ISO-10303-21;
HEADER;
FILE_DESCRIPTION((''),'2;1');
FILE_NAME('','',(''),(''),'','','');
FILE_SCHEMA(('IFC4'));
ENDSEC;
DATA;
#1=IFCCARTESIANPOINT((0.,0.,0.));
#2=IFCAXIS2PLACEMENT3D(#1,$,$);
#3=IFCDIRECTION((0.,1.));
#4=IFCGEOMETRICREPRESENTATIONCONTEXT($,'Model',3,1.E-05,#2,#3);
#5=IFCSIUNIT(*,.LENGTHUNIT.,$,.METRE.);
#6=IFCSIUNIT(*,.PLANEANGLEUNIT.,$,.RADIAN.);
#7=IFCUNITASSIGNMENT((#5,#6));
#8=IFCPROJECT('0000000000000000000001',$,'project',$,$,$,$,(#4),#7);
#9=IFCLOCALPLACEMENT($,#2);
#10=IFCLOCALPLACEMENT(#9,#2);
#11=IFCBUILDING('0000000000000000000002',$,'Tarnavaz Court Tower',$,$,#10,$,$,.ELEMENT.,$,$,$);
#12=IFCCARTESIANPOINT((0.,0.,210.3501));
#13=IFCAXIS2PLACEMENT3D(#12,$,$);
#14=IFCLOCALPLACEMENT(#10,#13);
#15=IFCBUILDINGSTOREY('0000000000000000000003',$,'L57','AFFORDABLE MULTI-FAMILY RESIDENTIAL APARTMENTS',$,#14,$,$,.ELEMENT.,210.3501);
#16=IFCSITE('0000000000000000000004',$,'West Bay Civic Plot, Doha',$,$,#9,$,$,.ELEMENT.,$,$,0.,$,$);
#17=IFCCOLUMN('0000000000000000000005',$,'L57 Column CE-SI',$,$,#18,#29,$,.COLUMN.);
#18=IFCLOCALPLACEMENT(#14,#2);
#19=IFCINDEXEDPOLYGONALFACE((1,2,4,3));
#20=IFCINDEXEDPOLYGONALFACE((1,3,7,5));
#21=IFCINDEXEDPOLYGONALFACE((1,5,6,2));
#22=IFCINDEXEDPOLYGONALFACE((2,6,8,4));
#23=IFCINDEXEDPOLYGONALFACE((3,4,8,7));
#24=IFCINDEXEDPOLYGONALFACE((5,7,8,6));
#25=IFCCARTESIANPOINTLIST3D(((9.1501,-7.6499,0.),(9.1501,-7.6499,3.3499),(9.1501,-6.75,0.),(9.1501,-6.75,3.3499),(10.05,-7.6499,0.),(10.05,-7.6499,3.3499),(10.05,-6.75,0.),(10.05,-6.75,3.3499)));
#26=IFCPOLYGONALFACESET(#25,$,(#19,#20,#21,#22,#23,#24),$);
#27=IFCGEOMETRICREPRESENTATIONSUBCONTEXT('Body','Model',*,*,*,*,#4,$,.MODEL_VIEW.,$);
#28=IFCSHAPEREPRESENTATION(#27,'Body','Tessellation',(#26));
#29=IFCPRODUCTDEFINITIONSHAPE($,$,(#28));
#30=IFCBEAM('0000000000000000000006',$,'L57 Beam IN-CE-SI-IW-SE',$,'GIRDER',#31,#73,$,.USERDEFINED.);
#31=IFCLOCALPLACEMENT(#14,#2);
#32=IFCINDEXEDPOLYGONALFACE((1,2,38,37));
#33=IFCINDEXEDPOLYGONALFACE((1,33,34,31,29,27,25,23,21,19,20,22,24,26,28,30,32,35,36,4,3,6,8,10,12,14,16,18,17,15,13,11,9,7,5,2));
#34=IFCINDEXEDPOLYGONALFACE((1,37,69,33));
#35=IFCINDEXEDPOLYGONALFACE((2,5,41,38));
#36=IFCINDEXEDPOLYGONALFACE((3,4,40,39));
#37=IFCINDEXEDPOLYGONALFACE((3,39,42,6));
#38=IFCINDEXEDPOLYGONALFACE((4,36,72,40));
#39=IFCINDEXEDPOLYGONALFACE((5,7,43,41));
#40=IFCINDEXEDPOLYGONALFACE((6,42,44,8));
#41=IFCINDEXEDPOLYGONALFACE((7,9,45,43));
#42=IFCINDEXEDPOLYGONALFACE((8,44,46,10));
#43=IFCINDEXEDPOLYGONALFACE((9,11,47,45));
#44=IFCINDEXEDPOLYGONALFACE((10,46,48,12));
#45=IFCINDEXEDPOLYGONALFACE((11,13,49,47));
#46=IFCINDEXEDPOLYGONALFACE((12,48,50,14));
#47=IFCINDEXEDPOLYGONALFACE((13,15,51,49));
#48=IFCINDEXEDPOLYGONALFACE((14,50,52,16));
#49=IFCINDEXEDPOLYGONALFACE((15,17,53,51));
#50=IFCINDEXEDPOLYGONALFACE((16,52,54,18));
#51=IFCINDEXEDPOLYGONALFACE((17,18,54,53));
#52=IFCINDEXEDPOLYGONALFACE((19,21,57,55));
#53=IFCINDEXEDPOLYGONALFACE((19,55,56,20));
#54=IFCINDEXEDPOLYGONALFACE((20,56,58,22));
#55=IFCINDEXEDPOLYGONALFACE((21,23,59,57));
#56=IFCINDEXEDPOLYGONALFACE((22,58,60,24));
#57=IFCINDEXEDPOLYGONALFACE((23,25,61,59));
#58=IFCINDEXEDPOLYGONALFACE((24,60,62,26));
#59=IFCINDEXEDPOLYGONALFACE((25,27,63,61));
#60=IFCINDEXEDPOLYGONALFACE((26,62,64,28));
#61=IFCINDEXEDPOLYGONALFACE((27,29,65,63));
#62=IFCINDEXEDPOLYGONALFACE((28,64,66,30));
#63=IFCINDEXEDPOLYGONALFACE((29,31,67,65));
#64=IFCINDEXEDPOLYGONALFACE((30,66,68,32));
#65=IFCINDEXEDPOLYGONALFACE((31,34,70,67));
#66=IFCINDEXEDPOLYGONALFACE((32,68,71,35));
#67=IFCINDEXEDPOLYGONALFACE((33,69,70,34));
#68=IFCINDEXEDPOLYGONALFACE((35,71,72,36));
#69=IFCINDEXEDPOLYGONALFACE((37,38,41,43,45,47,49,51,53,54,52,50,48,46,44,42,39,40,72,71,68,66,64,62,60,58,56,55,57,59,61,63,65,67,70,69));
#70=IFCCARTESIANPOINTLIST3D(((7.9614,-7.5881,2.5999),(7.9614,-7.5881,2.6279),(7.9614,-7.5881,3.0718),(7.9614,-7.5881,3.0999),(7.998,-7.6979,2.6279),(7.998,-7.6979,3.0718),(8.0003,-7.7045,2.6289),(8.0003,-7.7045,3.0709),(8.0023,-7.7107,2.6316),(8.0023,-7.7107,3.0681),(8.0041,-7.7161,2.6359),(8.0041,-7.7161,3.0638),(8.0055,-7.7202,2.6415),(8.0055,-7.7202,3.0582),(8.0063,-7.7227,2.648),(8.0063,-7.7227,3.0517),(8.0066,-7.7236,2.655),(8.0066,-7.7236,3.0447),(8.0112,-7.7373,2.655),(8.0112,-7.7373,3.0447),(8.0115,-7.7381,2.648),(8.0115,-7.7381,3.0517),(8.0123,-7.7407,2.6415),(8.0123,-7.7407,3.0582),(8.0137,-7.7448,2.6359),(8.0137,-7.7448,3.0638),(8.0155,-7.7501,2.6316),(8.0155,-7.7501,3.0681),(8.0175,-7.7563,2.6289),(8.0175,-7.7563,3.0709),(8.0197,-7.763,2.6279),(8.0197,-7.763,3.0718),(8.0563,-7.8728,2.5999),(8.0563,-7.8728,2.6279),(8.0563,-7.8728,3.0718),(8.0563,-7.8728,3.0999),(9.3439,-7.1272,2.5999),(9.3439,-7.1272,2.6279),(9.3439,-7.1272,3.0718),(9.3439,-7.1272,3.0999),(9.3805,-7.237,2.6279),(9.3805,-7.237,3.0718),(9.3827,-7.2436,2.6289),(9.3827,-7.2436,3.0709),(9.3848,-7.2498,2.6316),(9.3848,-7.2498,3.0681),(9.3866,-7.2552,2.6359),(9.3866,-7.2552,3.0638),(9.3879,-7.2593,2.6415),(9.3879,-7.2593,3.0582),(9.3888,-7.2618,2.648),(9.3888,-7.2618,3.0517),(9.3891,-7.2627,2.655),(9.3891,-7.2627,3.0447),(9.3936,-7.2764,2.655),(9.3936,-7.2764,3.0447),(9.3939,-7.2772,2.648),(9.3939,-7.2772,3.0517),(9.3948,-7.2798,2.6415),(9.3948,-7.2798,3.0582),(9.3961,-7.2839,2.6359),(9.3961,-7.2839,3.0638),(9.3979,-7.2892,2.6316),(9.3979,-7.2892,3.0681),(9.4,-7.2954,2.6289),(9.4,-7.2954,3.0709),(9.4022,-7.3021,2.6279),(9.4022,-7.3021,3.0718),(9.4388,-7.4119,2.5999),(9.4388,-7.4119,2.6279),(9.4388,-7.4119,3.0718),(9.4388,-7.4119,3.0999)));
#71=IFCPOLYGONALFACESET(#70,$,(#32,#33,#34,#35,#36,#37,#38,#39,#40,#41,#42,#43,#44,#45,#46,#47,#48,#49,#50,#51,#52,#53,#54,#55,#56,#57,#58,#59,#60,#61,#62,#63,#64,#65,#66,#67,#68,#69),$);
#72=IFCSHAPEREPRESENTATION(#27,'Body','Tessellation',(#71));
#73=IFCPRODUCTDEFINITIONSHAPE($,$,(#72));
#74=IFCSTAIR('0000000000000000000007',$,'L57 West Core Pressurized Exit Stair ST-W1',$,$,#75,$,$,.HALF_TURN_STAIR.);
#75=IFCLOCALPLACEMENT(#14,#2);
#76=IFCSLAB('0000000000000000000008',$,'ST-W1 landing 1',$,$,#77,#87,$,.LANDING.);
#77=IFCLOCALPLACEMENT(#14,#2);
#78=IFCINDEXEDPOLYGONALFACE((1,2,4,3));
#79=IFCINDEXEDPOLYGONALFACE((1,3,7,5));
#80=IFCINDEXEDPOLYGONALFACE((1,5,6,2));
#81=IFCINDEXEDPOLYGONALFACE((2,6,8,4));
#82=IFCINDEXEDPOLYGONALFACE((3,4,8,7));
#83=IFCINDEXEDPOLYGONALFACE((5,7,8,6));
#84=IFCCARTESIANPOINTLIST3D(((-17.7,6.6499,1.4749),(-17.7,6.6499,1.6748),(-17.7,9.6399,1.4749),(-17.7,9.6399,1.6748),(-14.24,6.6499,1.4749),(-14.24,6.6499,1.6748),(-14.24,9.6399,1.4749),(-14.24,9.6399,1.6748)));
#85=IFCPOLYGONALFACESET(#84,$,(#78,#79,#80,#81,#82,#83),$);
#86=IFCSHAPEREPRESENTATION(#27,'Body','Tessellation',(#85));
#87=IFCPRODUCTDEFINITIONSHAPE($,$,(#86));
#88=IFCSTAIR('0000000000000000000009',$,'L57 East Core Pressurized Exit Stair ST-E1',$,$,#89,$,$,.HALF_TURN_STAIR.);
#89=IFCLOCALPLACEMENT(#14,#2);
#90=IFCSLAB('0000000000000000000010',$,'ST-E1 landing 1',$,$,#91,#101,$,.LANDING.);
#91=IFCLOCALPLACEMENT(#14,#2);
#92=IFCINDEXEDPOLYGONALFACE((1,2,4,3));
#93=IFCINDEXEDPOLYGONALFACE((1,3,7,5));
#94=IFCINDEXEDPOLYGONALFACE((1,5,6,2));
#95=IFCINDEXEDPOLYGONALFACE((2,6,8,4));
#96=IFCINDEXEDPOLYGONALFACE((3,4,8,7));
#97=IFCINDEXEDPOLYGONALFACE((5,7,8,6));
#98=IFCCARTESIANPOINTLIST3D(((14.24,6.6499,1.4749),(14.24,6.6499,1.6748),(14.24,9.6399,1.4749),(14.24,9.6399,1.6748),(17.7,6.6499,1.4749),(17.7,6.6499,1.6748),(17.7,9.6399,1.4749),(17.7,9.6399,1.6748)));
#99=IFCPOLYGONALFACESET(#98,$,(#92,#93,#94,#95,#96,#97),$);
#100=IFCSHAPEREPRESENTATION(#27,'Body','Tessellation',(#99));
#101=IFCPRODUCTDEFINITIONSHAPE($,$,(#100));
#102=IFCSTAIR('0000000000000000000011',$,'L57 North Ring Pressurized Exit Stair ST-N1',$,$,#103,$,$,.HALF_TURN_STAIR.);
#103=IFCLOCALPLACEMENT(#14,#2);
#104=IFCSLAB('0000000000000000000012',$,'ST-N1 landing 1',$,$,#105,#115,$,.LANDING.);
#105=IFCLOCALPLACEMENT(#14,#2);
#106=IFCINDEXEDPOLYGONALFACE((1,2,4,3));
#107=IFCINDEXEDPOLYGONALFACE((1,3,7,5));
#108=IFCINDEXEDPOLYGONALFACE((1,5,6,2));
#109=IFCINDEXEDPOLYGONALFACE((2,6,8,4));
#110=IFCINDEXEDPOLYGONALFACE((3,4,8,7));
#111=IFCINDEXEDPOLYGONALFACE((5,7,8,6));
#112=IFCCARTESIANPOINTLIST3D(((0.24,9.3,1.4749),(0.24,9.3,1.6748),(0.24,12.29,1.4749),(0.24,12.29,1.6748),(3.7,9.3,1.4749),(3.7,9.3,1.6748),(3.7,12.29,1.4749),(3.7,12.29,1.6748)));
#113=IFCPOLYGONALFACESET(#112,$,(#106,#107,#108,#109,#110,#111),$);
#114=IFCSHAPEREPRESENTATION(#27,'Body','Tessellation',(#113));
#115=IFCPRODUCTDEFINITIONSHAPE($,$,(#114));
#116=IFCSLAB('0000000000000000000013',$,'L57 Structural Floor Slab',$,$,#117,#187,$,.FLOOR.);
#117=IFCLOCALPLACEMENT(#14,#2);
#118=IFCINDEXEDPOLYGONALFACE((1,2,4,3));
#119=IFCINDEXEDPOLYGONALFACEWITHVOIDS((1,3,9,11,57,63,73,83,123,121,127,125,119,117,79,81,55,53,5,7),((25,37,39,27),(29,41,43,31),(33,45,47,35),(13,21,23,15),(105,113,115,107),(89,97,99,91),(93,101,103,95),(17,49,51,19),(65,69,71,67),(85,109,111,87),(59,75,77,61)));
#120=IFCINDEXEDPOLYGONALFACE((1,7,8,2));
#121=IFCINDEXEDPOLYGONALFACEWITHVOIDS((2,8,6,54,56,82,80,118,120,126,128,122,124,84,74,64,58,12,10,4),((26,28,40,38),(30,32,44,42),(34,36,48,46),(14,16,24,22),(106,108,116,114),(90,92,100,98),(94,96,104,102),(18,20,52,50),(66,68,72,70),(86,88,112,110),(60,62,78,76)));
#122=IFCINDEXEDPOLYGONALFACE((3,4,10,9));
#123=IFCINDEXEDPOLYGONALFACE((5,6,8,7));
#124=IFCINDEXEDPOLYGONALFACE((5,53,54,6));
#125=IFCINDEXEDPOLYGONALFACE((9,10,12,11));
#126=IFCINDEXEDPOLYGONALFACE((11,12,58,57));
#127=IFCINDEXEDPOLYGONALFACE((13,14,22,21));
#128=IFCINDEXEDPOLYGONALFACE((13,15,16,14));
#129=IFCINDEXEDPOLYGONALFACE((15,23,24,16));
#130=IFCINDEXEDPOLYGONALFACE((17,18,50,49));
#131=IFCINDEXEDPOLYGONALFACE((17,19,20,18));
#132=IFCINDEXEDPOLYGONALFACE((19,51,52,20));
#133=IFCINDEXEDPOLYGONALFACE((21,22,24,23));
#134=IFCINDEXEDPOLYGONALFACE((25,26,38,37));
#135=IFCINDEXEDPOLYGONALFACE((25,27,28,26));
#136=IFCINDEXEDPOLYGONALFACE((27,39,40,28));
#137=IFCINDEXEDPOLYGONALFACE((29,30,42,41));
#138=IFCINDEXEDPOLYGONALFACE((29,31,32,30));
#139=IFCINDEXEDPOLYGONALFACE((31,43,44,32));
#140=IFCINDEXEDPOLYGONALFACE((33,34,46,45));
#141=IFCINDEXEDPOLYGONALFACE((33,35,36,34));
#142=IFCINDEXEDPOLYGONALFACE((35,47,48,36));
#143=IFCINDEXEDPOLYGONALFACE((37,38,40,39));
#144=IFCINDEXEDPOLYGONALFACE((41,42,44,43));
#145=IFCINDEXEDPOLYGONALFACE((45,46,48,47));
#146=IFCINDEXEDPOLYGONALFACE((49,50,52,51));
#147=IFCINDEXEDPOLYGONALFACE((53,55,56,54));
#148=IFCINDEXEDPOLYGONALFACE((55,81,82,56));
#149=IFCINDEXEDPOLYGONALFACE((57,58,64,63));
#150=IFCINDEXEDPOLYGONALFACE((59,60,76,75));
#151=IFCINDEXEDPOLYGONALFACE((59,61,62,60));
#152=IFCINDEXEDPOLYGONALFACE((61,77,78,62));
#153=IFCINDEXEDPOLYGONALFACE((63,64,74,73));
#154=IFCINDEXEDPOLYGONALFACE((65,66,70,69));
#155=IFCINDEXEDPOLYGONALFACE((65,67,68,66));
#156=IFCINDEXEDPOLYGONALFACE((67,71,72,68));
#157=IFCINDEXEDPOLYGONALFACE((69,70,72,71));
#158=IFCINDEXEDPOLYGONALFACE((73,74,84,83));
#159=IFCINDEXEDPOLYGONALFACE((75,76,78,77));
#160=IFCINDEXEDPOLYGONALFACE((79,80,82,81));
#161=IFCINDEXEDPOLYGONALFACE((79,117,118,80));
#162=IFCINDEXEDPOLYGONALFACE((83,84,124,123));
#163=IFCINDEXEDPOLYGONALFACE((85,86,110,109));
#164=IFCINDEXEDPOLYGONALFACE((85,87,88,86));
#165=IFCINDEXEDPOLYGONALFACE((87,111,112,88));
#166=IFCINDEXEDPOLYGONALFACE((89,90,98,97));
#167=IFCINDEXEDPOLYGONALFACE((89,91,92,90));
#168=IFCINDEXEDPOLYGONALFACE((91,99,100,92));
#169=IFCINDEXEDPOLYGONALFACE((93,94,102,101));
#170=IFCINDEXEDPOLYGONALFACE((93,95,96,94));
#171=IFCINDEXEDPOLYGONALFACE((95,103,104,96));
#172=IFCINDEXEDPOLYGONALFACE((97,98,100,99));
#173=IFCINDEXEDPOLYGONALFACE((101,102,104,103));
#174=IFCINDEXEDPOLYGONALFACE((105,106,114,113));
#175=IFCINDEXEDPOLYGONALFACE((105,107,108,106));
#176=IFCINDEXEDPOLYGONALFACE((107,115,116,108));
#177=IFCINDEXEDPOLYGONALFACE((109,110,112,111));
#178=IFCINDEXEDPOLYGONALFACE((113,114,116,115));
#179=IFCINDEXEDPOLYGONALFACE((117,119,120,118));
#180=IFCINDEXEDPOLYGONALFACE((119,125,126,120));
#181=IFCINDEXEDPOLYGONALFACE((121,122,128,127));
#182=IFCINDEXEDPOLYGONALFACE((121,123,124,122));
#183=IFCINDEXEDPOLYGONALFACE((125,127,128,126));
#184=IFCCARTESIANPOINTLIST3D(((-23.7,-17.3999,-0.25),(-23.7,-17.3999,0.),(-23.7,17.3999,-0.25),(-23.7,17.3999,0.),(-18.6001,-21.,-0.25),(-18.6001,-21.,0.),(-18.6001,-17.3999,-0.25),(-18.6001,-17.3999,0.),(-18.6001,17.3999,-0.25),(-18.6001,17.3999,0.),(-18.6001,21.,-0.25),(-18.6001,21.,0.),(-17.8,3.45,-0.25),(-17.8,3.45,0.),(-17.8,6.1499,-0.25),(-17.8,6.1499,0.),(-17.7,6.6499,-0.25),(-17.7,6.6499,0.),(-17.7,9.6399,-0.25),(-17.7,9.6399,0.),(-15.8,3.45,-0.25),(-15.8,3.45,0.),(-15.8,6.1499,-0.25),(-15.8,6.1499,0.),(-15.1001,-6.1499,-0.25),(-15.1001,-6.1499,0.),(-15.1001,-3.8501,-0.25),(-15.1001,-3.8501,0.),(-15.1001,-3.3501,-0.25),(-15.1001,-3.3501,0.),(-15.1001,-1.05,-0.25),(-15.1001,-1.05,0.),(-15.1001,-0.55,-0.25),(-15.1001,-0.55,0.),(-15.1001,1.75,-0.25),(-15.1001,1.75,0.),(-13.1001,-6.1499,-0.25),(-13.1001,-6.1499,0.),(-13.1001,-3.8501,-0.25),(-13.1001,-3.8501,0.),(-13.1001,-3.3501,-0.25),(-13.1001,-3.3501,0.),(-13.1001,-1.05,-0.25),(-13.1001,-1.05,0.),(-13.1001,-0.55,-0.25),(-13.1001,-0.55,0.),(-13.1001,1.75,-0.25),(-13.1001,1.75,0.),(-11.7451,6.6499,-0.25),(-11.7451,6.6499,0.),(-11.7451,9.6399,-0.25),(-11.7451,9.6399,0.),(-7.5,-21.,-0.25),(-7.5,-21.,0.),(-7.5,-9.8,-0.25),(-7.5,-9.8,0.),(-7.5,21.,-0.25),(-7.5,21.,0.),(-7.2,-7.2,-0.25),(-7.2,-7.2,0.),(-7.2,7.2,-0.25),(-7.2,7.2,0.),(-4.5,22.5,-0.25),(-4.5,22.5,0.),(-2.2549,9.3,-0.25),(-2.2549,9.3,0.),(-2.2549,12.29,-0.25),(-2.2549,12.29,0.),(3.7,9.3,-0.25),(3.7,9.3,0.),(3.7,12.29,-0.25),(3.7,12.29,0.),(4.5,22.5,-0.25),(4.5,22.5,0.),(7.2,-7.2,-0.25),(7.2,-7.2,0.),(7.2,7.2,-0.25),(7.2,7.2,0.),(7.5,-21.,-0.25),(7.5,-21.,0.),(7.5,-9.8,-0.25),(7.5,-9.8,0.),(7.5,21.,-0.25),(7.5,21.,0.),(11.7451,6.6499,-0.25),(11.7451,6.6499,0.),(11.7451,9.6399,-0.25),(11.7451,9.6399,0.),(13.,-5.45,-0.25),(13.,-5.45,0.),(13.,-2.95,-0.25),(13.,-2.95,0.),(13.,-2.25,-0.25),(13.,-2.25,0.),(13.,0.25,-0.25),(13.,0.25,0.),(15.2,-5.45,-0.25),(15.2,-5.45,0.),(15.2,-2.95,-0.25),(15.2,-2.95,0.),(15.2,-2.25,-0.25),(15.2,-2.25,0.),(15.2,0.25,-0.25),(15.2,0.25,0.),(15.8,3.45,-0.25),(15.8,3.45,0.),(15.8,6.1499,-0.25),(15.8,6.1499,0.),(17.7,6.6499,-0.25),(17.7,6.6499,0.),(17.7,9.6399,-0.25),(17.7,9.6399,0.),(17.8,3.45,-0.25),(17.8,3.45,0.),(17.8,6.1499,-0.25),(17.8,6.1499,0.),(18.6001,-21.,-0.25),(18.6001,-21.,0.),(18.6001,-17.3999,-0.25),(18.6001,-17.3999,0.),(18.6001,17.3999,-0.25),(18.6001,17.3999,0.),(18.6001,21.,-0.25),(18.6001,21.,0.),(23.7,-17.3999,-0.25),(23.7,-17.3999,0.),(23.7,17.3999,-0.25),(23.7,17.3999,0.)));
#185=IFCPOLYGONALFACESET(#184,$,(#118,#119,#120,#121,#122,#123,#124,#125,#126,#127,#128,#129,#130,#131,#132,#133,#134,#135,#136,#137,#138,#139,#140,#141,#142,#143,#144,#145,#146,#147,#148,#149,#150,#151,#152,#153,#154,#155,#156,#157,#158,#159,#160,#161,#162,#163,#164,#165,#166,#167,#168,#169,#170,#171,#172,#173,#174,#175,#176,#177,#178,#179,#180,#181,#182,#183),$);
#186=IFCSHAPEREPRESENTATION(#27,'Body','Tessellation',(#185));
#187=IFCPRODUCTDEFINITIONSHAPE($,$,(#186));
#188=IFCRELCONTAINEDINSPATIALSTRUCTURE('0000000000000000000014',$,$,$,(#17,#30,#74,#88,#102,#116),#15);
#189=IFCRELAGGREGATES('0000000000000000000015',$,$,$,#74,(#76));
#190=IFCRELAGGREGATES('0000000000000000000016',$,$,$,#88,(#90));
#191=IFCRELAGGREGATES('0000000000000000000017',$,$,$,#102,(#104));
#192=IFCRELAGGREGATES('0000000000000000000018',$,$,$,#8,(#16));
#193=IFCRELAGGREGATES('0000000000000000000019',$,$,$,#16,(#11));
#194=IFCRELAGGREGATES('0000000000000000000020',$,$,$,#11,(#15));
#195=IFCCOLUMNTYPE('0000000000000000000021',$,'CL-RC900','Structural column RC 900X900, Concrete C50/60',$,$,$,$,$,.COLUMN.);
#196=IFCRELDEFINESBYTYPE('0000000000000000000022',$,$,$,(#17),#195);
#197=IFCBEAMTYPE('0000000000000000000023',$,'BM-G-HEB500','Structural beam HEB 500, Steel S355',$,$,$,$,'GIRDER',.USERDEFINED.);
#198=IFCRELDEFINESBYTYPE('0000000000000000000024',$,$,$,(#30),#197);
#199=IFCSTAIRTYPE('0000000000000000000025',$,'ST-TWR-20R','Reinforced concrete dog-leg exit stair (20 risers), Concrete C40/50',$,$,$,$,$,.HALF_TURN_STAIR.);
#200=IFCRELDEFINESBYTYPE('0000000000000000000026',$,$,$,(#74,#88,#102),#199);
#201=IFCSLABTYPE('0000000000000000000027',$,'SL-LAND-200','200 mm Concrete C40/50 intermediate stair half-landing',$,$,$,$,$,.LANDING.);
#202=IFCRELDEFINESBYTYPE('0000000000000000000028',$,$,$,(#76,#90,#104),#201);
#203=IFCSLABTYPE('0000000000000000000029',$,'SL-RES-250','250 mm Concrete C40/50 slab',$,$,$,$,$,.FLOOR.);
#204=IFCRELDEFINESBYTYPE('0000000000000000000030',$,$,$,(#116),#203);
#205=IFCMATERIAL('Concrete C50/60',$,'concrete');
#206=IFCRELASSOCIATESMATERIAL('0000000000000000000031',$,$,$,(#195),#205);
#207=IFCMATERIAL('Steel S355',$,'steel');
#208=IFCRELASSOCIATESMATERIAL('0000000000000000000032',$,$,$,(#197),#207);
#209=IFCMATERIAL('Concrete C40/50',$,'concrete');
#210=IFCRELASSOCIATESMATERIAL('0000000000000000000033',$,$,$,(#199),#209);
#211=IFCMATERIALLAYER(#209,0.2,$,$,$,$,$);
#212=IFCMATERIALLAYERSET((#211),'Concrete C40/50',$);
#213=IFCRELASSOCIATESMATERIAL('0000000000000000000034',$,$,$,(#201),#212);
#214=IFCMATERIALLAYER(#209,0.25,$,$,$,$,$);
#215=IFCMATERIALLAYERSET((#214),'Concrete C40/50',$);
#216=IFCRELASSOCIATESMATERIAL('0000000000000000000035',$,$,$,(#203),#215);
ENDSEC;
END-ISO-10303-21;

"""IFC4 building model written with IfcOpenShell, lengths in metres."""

from ifc_helpers import new_model, si_unit, direction, frame, origin, origin_2d, place, context, subcontext, project, spatial, polyline, rectangle, i_section, outline, extrude, material, layer, layer_set, material_profile, profile_set, type_object, element, aggregate, save


model = new_model("IFC4")

# Units and contexts
model_context = context("Model", 3, precision=1e-05, world=origin(), true_north=direction((0.0, 1.0)))
body_context = subcontext(model_context, "Body", "Model", "MODEL_VIEW")
ifc_project = project(units=[si_unit("LENGTHUNIT", "METRE"), si_unit("PLANEANGLEUNIT", "RADIAN")], contexts=[model_context])

# Site, building, storey
site_placement = place(None, origin())
site = spatial("IfcSite", under=ifc_project, at=site_placement, Name="West Bay Civic Plot, Doha", CompositionType="ELEMENT", RefElevation=0.0)
building_placement = place(site_placement, origin())
building = spatial("IfcBuilding", under=site, at=building_placement, Name="Tarnavaz Court Tower", CompositionType="ELEMENT")
storey_placement = place(building_placement, frame((0.0, 0.0, 210.3501)))
storey = spatial("IfcBuildingStorey", under=building, at=storey_placement, Name="L57", Description="AFFORDABLE MULTI-FAMILY RESIDENTIAL APARTMENTS", CompositionType="ELEMENT", Elevation=210.3501)

# Column
ifc_material_1 = material(Name="Concrete C50/60", Category="concrete")
ifc_material_profile_1 = material_profile(ifc_material_1, rectangle(XDim=0.8999, YDim=0.8999, at=origin_2d()), Name="RC 900X900")
ifc_profile_set_1 = profile_set([ifc_material_profile_1], Name="Concrete C50/60")
column_type = type_object("IfcColumnType", Name="CL-RC900", Description="Structural column RC 900X900, Concrete C50/60", PredefinedType="COLUMN", material=ifc_profile_set_1)
column_placement = place(storey_placement, frame((9.6001, -7.2, 0.0), z_axis=(0.0, 0.0, 1.0), x_axis=(1.0, 0.0, 0.0)))
element("IfcColumn", 1, at=column_placement, inside=storey, type_object=column_type, Name="L57 Column CE-SI", PredefinedType="COLUMN", context=body_context, shape_type="SweptSolid", body=[
    extrude(rectangle(XDim=0.8999, YDim=0.8999, at=origin_2d()), origin(), (0.0, 0.0, 1.0), 3.3499),
])

# Beam
ifc_material_2 = material(Name="Steel S355", Category="steel")
ifc_material_profile_2 = material_profile(ifc_material_2, i_section(OverallWidth=0.3, OverallDepth=0.5, WebThickness=0.0144, FlangeThickness=0.0281, FilletRadius=0.0271, at=origin_2d()), Name="HEB 500")
ifc_profile_set_2 = profile_set([ifc_material_profile_2], Name="Steel S355")
beam_type = type_object("IfcBeamType", Name="BM-G-HEB500", Description="Structural beam HEB 500, Steel S355", ElementType="GIRDER", PredefinedType="USERDEFINED", material=ifc_profile_set_2)
beam_placement = place(storey_placement, frame((9.3914, -7.2695, 2.8499), z_axis=(-0.948667, -0.316278, 0.0), x_axis=(0.316278, -0.948667, 0.0)))
element("IfcBeam", 2, at=beam_placement, inside=storey, type_object=beam_type, Name="L57 Beam IN-CE-SI-IW-SE", ObjectType="GIRDER", PredefinedType="USERDEFINED", context=body_context, shape_type="SweptSolid", body=[
    extrude(i_section(OverallWidth=0.3, OverallDepth=0.5, WebThickness=0.0144, FlangeThickness=0.0281, FilletRadius=0.0271, at=origin_2d()), origin(), (0.0, 0.0, 1.0), 1.4573),
])

# Stairs, slabs
ifc_material_3 = material(Name="Concrete C40/50", Category="concrete")
stair_type = type_object("IfcStairType", Name="ST-TWR-20R", Description="Reinforced concrete dog-leg exit stair (20 risers), Concrete C40/50", PredefinedType="HALF_TURN_STAIR", material=ifc_material_3)
stair_1_placement = place(storey_placement, origin())
stair_1 = element("IfcStair", 3, at=stair_1_placement, inside=storey, type_object=stair_type, Name="L57 West Core Pressurized Exit Stair ST-W1", PredefinedType="HALF_TURN_STAIR")
ifc_layer_1 = layer(ifc_material_3, 0.2)
ifc_layer_set_1 = layer_set([ifc_layer_1], Name="Concrete C40/50")
slab_type_1 = type_object("IfcSlabType", Name="SL-LAND-200", Description="200 mm Concrete C40/50 intermediate stair half-landing", PredefinedType="LANDING", material=ifc_layer_set_1)
slab_1_placement = place(storey_placement, frame((0.0, 0.0, 1.4749)))
slab_1 = element("IfcSlab", 4, at=slab_1_placement, type_object=slab_type_1, Name="ST-W1 landing 1", PredefinedType="LANDING", context=body_context, shape_type="SweptSolid", body=[
    extrude(outline(polyline([(-14.24, 9.6399), (-17.7, 9.6399), (-17.7, 6.6499), (-14.24, 6.6499), (-14.24, 9.6399)])), origin(), (0.0, 0.0, 1.0), 0.2),
])
aggregate(stair_1, [slab_1])
stair_2_placement = place(storey_placement, origin())
stair_2 = element("IfcStair", 5, at=stair_2_placement, inside=storey, type_object=stair_type, Name="L57 East Core Pressurized Exit Stair ST-E1", PredefinedType="HALF_TURN_STAIR")
slab_2_placement = place(storey_placement, frame((0.0, 0.0, 1.4749)))
slab_2 = element("IfcSlab", 6, at=slab_2_placement, type_object=slab_type_1, Name="ST-E1 landing 1", PredefinedType="LANDING", context=body_context, shape_type="SweptSolid", body=[
    extrude(outline(polyline([(14.24, 6.6499), (17.7, 6.6499), (17.7, 9.6399), (14.24, 9.6399), (14.24, 6.6499)])), origin(), (0.0, 0.0, 1.0), 0.2),
])
aggregate(stair_2, [slab_2])
stair_3_placement = place(storey_placement, origin())
stair_3 = element("IfcStair", 7, at=stair_3_placement, inside=storey, type_object=stair_type, Name="L57 North Ring Pressurized Exit Stair ST-N1", PredefinedType="HALF_TURN_STAIR")
slab_3_placement = place(storey_placement, frame((0.0, 0.0, 1.4749)))
slab_3 = element("IfcSlab", 8, at=slab_3_placement, type_object=slab_type_1, Name="ST-N1 landing 1", PredefinedType="LANDING", context=body_context, shape_type="SweptSolid", body=[
    extrude(outline(polyline([(0.24, 9.3), (3.7, 9.3), (3.7, 12.29), (0.24, 12.29), (0.24, 9.3)])), origin(), (0.0, 0.0, 1.0), 0.2),
])
aggregate(stair_3, [slab_3])

# Slab
ifc_layer_2 = layer(ifc_material_3, 0.25)
ifc_layer_set_2 = layer_set([ifc_layer_2], Name="Concrete C40/50")
slab_type_2 = type_object("IfcSlabType", Name="SL-RES-250", Description="250 mm Concrete C40/50 slab", PredefinedType="FLOOR", material=ifc_layer_set_2)
slab_4_placement = place(storey_placement, frame((0.0, 0.0, -0.25)))
element("IfcSlab", 9, at=slab_4_placement, inside=storey, type_object=slab_type_2, Name="L57 Structural Floor Slab", PredefinedType="FLOOR", context=body_context, shape_type="SweptSolid", body=[
    extrude(outline(polyline([(-18.6001, -21.0), (-7.5, -21.0), (-7.5, -9.8), (7.5, -9.8), (7.5, -21.0), (18.6001, -21.0), (18.6001, -17.3999), (23.7, -17.3999), (23.7, 17.3999), (18.6001, 17.3999), (18.6001, 21.0), (7.5, 21.0), (4.5, 22.5), (-4.5, 22.5), (-7.5, 21.0), (-18.6001, 21.0), (-18.6001, 17.3999), (-23.7, 17.3999), (-23.7, -17.3999), (-18.6001, -17.3999), (-18.6001, -21.0)]), holes=[polyline([(-7.2, -7.2), (7.2, -7.2), (7.2, 7.2), (-7.2, 7.2), (-7.2, -7.2)]), polyline([(-11.7451, 9.6399), (-17.7, 9.6399), (-17.7, 6.6499), (-11.7451, 6.6499), (-11.7451, 9.6399)]), polyline([(11.7451, 6.6499), (17.7, 6.6499), (17.7, 9.6399), (11.7451, 9.6399), (11.7451, 6.6499)]), polyline([(-2.2549, 9.3), (3.7, 9.3), (3.7, 12.29), (-2.2549, 12.29), (-2.2549, 9.3)]), polyline([(-17.8, 3.45), (-15.8, 3.45), (-15.8, 6.1499), (-17.8, 6.1499), (-17.8, 3.45)]), polyline([(-15.1001, -6.1499), (-13.1001, -6.1499), (-13.1001, -3.8501), (-15.1001, -3.8501), (-15.1001, -6.1499)]), polyline([(-15.1001, -3.3501), (-13.1001, -3.3501), (-13.1001, -1.05), (-15.1001, -1.05), (-15.1001, -3.3501)]), polyline([(-15.1001, -0.55), (-13.1001, -0.55), (-13.1001, 1.75), (-15.1001, 1.75), (-15.1001, -0.55)]), polyline([(15.8, 3.45), (17.8, 3.45), (17.8, 6.1499), (15.8, 6.1499), (15.8, 3.45)]), polyline([(13.0, -5.45), (15.2, -5.45), (15.2, -2.95), (13.0, -2.95), (13.0, -5.45)]), polyline([(13.0, -2.25), (15.2, -2.25), (15.2, 0.25), (13.0, 0.25), (13.0, -2.25)])]), origin(), (0.0, 0.0, 1.0), 0.25),
])

save(model, "model.ifc")
